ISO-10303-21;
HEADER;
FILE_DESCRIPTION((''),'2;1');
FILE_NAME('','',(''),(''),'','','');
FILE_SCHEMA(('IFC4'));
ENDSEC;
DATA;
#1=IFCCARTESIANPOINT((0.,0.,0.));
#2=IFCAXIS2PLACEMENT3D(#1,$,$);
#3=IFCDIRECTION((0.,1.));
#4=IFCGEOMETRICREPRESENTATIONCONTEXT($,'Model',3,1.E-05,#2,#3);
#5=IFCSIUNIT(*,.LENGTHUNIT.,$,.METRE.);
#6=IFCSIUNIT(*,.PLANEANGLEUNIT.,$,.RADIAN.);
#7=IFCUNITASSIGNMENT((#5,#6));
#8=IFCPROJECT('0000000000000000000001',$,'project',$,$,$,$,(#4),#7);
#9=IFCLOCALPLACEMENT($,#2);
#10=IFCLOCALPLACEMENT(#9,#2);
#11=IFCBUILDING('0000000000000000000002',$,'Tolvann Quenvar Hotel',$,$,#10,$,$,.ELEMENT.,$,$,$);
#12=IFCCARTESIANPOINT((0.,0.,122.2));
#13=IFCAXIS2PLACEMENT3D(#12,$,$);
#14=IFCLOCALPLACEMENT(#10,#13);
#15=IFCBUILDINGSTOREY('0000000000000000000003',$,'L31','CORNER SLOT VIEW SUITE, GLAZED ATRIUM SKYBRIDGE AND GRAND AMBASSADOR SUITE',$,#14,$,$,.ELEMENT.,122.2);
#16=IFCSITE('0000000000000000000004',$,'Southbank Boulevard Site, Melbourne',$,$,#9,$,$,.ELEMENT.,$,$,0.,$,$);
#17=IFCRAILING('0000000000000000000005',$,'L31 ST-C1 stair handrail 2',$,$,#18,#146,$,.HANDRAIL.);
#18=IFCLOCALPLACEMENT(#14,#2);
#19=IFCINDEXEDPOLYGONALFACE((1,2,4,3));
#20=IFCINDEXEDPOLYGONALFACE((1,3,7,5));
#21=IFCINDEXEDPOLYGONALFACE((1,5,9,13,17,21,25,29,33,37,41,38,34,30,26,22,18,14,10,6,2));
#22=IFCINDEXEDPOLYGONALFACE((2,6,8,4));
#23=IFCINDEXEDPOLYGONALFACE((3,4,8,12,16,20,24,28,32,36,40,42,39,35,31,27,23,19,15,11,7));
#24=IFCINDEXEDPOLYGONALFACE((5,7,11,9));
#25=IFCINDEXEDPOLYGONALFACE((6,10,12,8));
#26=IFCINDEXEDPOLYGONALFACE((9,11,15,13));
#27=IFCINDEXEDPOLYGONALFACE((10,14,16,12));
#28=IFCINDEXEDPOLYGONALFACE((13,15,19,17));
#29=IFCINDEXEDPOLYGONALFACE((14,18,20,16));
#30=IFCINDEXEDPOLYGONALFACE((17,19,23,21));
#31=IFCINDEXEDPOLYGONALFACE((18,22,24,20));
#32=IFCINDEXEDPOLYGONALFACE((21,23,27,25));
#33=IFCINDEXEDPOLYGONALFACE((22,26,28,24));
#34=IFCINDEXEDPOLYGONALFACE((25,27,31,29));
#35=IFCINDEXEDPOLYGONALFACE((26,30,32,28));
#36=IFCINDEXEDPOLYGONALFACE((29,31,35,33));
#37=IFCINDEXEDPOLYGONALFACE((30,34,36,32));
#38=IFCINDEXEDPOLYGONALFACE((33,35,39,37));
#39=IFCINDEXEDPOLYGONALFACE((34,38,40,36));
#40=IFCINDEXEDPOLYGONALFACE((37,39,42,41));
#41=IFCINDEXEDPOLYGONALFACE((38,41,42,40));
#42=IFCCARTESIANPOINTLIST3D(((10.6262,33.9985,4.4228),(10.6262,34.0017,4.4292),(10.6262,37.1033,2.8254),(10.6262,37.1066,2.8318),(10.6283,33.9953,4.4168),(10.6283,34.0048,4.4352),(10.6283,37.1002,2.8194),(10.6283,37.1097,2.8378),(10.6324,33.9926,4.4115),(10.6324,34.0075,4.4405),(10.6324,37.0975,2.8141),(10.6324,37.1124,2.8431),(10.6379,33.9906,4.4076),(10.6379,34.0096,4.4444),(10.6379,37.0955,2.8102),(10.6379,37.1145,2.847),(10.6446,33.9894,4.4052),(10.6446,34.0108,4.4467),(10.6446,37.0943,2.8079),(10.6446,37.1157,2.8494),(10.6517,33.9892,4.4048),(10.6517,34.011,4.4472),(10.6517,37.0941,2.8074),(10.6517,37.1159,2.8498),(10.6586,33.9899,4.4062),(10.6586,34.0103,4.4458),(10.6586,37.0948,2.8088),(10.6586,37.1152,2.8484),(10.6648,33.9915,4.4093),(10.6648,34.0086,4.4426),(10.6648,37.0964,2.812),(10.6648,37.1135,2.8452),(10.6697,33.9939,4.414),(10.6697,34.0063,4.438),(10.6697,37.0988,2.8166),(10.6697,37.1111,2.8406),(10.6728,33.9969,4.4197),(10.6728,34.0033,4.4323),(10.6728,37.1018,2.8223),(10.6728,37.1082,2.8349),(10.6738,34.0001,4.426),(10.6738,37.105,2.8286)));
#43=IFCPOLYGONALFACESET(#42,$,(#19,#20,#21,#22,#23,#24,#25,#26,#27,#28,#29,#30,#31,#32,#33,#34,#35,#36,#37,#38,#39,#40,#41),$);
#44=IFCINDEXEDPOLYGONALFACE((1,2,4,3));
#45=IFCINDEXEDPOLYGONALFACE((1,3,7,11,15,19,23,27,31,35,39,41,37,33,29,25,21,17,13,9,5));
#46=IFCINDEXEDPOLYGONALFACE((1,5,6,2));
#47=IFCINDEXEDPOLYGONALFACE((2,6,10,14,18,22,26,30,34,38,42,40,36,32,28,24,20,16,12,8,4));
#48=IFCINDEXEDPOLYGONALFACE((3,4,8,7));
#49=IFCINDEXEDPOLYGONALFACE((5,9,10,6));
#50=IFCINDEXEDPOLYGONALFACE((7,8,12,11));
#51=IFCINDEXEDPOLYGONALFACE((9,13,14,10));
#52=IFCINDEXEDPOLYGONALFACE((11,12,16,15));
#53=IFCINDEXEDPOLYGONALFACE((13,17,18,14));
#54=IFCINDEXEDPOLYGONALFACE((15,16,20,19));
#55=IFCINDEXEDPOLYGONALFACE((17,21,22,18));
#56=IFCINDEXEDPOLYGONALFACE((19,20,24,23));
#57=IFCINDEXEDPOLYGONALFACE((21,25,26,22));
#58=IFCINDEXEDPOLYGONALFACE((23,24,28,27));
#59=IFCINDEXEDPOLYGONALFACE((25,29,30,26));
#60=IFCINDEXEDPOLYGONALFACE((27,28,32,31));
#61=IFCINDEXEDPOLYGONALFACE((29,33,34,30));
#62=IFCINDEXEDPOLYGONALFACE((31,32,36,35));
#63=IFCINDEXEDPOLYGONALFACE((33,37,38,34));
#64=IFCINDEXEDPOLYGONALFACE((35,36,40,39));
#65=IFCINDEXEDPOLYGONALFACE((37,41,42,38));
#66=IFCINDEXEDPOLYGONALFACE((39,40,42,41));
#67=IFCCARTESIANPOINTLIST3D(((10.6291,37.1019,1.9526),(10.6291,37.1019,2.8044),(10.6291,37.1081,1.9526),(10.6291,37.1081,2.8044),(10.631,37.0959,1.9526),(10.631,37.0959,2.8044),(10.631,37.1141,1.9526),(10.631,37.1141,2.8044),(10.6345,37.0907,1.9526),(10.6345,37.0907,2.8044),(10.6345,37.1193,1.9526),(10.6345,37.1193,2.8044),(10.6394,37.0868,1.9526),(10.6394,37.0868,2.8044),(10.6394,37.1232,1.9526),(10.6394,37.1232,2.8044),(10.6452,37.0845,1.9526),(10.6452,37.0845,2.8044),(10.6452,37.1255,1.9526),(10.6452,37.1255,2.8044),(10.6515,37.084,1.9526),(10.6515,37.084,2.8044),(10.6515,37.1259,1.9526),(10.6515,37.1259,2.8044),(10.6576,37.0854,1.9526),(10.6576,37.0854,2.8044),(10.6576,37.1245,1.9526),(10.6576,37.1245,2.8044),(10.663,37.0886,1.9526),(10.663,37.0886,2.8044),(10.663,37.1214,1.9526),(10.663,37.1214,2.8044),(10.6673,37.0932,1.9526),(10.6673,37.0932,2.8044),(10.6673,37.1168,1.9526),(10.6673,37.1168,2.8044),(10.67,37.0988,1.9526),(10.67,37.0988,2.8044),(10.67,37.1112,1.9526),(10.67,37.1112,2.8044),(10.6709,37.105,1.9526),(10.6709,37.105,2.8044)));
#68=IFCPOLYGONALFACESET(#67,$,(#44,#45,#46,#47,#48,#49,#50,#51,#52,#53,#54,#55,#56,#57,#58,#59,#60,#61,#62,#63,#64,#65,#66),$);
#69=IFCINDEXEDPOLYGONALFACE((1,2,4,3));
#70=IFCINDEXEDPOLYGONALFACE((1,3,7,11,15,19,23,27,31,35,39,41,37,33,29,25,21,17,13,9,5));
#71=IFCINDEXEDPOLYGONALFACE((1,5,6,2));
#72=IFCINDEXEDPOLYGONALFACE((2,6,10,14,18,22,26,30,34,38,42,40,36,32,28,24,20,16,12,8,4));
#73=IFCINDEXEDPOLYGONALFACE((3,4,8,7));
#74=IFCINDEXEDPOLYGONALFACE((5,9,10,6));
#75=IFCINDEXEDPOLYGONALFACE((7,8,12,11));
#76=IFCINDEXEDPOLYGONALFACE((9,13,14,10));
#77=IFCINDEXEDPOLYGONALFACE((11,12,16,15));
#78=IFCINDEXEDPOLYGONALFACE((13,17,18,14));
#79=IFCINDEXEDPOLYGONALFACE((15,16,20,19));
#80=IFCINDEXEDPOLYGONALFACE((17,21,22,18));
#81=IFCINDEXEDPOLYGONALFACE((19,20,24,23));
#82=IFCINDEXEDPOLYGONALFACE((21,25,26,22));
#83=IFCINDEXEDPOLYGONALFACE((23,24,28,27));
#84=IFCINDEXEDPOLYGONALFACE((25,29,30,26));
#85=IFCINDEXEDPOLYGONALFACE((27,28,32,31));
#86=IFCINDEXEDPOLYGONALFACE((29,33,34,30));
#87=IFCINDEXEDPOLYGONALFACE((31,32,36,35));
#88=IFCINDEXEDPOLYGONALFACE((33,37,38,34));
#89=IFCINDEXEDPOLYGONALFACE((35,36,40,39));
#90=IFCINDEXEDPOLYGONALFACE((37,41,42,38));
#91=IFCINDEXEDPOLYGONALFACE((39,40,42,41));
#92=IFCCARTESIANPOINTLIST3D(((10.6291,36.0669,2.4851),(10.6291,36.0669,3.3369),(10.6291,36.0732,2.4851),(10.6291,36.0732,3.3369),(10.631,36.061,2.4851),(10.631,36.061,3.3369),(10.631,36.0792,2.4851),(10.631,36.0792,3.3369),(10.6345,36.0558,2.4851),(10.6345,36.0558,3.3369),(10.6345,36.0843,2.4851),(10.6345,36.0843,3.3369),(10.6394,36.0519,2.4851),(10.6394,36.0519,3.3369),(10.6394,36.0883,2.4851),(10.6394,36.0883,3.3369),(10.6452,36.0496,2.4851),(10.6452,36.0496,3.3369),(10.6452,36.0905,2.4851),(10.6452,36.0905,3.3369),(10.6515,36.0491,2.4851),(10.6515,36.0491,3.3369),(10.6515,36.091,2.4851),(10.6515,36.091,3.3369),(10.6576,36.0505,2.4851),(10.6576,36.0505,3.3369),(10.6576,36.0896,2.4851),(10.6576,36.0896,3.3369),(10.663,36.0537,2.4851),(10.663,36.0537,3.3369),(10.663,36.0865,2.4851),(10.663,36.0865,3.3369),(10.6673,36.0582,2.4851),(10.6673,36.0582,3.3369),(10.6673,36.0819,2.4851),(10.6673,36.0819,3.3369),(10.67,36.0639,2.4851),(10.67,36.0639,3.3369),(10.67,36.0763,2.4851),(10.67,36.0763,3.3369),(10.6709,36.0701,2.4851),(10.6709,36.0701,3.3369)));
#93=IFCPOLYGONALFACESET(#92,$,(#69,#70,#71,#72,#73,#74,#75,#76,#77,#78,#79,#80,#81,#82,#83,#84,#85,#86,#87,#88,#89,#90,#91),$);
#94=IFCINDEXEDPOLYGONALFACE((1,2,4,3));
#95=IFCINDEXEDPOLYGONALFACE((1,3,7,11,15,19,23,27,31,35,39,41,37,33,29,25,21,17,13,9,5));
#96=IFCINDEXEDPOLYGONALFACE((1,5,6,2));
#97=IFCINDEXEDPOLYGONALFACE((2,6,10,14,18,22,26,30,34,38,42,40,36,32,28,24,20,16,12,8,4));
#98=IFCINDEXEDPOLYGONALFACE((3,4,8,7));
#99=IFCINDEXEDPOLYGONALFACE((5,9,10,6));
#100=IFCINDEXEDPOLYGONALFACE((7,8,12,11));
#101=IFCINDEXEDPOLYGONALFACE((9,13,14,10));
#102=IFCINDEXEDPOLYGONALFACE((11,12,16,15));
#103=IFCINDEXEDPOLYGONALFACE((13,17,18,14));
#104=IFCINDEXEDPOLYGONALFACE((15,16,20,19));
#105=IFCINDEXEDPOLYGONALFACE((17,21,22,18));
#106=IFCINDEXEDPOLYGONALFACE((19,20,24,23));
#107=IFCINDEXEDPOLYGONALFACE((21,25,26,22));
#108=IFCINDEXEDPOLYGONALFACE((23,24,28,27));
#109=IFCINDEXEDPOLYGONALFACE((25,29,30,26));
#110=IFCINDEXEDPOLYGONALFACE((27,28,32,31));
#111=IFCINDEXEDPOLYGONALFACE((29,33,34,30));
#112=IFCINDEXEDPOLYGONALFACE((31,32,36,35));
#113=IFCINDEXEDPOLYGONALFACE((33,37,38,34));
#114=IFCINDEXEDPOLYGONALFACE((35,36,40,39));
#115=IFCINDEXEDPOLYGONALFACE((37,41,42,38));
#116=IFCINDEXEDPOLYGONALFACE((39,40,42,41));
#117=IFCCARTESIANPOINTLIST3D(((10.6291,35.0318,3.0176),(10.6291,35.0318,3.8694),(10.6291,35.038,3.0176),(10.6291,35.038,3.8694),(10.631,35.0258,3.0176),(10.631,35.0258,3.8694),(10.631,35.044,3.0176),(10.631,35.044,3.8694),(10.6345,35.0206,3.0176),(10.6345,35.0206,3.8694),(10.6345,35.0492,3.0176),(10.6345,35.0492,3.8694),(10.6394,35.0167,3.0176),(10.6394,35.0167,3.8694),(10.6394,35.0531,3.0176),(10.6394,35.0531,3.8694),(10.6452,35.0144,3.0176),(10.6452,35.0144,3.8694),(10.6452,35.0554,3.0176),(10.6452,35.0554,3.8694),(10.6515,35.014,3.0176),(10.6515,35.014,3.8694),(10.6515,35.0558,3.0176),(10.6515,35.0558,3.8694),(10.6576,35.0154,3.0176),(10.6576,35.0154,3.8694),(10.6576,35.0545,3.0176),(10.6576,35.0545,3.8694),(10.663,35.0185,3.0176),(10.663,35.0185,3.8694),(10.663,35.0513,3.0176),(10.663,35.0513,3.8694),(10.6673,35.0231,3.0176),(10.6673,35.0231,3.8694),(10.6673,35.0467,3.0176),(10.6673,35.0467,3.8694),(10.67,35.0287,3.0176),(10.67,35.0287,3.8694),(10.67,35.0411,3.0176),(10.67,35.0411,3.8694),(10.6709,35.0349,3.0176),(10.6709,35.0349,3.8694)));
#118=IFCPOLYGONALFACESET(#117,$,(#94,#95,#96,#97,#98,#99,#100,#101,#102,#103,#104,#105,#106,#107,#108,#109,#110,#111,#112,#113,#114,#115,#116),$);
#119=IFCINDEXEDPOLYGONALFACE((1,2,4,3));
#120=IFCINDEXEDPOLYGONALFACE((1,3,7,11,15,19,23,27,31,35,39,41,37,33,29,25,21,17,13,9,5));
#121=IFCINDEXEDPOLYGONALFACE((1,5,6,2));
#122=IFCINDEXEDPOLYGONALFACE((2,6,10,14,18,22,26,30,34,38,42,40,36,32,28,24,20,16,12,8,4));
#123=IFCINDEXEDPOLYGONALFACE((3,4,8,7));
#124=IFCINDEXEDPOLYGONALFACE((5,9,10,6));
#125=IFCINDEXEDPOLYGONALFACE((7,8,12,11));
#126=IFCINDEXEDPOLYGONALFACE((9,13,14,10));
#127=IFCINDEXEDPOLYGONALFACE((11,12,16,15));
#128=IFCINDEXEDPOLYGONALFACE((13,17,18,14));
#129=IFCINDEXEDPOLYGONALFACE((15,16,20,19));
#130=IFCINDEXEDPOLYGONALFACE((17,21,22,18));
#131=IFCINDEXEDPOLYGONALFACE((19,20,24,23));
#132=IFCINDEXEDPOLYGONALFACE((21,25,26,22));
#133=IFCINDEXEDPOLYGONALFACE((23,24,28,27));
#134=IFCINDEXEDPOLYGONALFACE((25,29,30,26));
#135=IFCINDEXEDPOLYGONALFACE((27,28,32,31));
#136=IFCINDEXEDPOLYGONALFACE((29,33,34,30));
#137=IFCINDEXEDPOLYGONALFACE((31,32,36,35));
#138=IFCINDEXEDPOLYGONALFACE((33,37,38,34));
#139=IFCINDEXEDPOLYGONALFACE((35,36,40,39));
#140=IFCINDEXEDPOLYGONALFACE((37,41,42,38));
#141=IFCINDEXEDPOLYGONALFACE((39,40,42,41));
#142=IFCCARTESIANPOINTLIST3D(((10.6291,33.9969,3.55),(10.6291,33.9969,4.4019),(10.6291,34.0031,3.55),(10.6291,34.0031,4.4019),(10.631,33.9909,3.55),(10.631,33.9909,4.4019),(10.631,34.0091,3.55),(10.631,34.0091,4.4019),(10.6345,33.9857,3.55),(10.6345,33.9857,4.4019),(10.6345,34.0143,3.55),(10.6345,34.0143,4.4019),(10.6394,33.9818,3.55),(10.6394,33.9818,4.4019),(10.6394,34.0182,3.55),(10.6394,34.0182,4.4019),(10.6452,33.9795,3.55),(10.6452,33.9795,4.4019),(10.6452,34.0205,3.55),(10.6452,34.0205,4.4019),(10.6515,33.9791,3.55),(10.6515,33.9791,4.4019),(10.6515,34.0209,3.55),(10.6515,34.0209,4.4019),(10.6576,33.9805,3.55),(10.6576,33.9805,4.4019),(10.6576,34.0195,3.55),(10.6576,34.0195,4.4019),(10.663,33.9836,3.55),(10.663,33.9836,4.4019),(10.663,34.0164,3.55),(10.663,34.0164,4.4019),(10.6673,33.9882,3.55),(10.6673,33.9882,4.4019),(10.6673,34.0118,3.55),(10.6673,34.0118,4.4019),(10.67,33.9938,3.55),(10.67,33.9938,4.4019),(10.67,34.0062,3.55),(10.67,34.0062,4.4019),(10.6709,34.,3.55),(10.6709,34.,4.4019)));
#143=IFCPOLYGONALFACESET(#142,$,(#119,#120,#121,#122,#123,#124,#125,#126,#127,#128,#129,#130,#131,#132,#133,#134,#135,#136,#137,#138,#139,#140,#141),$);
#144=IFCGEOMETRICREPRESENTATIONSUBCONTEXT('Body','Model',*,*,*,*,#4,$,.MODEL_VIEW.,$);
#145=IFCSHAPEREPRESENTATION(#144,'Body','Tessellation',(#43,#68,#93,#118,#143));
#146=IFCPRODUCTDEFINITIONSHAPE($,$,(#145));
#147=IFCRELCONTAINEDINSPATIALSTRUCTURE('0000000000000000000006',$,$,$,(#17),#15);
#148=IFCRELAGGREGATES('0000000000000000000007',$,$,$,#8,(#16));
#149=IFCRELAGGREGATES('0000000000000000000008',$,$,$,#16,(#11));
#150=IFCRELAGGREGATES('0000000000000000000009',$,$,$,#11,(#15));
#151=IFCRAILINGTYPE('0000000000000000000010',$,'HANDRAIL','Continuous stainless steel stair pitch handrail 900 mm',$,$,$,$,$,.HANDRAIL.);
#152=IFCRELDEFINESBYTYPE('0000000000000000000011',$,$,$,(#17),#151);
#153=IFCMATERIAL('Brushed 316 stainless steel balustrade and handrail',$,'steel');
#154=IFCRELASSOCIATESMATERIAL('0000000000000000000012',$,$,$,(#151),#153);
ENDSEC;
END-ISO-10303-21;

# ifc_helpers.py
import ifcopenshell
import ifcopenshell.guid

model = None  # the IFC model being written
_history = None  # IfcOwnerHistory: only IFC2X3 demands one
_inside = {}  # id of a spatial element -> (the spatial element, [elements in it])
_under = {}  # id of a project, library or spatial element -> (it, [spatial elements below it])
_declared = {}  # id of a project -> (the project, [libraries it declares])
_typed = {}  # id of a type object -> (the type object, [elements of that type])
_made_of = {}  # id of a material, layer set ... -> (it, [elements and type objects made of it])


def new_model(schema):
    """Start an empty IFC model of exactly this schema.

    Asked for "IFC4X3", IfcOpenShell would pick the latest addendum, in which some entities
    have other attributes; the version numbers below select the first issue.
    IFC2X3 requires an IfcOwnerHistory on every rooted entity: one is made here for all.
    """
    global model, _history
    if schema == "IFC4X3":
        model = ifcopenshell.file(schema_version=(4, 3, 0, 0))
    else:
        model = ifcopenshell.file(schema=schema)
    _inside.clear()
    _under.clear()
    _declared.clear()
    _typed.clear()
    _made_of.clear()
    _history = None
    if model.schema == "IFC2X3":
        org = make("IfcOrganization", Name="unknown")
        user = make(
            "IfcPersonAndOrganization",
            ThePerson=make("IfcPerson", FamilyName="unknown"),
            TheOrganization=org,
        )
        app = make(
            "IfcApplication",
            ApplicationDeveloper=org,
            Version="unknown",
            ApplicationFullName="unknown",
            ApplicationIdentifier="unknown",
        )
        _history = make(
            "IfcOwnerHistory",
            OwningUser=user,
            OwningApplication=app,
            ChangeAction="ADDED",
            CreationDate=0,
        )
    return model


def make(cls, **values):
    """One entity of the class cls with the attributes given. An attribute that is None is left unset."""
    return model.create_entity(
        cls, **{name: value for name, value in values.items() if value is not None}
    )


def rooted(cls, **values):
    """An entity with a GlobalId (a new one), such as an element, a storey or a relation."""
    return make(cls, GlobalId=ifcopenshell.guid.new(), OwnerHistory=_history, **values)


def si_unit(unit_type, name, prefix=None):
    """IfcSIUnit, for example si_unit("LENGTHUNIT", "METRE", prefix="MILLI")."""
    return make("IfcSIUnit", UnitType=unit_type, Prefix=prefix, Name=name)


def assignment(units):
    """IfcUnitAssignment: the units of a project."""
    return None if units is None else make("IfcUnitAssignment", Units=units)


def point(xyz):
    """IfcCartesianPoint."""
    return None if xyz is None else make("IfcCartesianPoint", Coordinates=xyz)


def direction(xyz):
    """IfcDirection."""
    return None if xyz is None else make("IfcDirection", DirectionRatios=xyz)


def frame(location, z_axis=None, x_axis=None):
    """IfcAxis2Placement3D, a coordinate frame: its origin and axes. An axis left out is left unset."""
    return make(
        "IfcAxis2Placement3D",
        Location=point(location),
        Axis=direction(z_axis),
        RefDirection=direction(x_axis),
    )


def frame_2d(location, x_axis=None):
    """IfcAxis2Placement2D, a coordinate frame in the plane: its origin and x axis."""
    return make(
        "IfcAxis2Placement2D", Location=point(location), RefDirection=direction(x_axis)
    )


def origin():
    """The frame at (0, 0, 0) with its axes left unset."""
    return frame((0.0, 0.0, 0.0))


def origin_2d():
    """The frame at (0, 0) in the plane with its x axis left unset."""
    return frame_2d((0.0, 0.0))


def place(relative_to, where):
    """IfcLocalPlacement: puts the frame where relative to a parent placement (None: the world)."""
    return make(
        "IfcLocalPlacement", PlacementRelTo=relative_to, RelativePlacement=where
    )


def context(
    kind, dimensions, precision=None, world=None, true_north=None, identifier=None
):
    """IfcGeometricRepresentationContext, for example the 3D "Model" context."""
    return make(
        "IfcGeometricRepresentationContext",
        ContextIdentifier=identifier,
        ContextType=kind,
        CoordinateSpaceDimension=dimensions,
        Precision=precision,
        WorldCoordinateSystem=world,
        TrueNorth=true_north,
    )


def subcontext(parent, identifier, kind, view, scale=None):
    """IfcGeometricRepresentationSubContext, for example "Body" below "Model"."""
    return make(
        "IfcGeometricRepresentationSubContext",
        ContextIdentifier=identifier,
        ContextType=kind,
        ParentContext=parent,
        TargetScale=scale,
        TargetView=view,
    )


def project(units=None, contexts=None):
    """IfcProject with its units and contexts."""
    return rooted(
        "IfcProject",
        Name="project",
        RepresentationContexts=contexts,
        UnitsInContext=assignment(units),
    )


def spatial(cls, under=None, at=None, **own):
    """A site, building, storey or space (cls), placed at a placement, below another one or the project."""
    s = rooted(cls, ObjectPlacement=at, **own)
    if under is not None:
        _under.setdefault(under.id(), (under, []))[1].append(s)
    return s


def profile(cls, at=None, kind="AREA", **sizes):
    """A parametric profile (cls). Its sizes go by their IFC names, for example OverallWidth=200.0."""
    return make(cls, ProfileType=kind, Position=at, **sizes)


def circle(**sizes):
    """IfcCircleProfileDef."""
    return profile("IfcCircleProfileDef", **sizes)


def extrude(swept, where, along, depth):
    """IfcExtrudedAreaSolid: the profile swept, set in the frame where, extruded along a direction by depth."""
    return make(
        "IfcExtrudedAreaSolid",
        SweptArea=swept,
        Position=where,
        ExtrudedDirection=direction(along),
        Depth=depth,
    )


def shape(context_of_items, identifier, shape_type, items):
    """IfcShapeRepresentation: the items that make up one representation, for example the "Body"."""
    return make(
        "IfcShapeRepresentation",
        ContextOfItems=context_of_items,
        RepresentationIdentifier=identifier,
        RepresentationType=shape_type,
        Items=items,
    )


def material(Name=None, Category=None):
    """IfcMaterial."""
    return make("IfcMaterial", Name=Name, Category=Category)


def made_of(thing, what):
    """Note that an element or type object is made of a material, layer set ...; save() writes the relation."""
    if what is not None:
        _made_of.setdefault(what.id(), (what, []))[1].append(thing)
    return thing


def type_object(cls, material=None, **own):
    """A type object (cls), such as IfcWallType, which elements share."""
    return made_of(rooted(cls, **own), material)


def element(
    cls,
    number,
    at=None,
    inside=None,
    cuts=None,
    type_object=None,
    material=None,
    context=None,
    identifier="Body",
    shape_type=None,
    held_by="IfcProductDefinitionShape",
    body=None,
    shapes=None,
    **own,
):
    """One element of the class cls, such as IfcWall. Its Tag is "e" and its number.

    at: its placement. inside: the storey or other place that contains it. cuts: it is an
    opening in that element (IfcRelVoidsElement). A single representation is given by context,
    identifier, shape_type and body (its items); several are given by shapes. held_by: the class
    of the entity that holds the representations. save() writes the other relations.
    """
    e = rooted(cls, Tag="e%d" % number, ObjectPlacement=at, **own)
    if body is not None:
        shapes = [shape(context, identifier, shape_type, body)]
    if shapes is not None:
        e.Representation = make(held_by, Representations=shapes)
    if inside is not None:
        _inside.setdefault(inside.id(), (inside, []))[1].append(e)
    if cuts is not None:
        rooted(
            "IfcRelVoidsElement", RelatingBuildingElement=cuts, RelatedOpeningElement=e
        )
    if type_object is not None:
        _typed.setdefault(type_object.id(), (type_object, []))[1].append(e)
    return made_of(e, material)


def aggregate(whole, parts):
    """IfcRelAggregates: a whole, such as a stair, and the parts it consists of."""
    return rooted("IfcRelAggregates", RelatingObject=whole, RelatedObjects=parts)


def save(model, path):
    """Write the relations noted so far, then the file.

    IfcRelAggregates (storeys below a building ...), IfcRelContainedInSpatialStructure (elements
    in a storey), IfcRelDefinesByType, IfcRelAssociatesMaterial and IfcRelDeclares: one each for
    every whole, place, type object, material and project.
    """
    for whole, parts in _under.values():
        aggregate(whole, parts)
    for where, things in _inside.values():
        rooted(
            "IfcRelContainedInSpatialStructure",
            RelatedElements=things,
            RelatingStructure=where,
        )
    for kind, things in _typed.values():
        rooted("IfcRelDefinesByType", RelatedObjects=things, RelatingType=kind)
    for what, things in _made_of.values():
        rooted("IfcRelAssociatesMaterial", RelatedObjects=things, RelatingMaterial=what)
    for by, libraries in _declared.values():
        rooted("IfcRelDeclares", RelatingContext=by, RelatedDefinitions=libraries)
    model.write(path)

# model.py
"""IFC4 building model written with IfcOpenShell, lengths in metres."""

from ifc_helpers import new_model, si_unit, direction, frame, origin, origin_2d, place, context, subcontext, project, spatial, circle, extrude, material, type_object, element, save


model = new_model("IFC4")

# Units and contexts
model_context = context("Model", 3, precision=1e-05, world=origin(), true_north=direction((0.0, 1.0)))
body_context = subcontext(model_context, "Body", "Model", "MODEL_VIEW")
ifc_project = project(units=[si_unit("LENGTHUNIT", "METRE"), si_unit("PLANEANGLEUNIT", "RADIAN")], contexts=[model_context])

# Site, building, storey
site_placement = place(None, origin())
site = spatial("IfcSite", under=ifc_project, at=site_placement, Name="Southbank Boulevard Site, Melbourne", CompositionType="ELEMENT", RefElevation=0.0)
building_placement = place(site_placement, origin())
building = spatial("IfcBuilding", under=site, at=building_placement, Name="Tolvann Quenvar Hotel", CompositionType="ELEMENT")
storey_placement = place(building_placement, frame((0.0, 0.0, 122.2)))
storey = spatial("IfcBuildingStorey", under=building, at=storey_placement, Name="L31", Description="CORNER SLOT VIEW SUITE, GLAZED ATRIUM SKYBRIDGE AND GRAND AMBASSADOR SUITE", CompositionType="ELEMENT", Elevation=122.2)

# Railing
ifc_material_1 = material(Name="Brushed 316 stainless steel balustrade and handrail", Category="steel")
railing_type_1 = type_object("IfcRailingType", Name="HANDRAIL", Description="Continuous stainless steel stair pitch handrail 900 mm", PredefinedType="HANDRAIL", material=ifc_material_1)
railing_1_placement = place(storey_placement, frame((10.6499, 37.105, 1.9526)))
element("IfcRailing", 1, at=railing_1_placement, inside=storey, type_object=railing_type_1, Name="L31 ST-C1 stair handrail 2", PredefinedType="HANDRAIL", context=body_context, shape_type="SweptSolid", body=[
    extrude(circle(Radius=0.0239, at=origin_2d()), frame((0.0, 0.0, 0.876), z_axis=(0.0, -0.889222, 0.457476), x_axis=(1.0, 0.0, 0.0)), (0.0, 0.0, 1.0), 3.4917),
    extrude(circle(Radius=0.021, at=origin_2d()), origin(), (0.0, 0.0, 1.0), 0.8518),
    extrude(circle(Radius=0.021, at=origin_2d()), frame((0.0, -1.0349, 0.5325)), (0.0, 0.0, 1.0), 0.8518),
    extrude(circle(Radius=0.021, at=origin_2d()), frame((0.0, -2.0701, 1.0649)), (0.0, 0.0, 1.0), 0.8518),
    extrude(circle(Radius=0.021, at=origin_2d()), frame((0.0, -3.105, 1.5974)), (0.0, 0.0, 1.0), 0.8518),
])

save(model, "model.ifc")
